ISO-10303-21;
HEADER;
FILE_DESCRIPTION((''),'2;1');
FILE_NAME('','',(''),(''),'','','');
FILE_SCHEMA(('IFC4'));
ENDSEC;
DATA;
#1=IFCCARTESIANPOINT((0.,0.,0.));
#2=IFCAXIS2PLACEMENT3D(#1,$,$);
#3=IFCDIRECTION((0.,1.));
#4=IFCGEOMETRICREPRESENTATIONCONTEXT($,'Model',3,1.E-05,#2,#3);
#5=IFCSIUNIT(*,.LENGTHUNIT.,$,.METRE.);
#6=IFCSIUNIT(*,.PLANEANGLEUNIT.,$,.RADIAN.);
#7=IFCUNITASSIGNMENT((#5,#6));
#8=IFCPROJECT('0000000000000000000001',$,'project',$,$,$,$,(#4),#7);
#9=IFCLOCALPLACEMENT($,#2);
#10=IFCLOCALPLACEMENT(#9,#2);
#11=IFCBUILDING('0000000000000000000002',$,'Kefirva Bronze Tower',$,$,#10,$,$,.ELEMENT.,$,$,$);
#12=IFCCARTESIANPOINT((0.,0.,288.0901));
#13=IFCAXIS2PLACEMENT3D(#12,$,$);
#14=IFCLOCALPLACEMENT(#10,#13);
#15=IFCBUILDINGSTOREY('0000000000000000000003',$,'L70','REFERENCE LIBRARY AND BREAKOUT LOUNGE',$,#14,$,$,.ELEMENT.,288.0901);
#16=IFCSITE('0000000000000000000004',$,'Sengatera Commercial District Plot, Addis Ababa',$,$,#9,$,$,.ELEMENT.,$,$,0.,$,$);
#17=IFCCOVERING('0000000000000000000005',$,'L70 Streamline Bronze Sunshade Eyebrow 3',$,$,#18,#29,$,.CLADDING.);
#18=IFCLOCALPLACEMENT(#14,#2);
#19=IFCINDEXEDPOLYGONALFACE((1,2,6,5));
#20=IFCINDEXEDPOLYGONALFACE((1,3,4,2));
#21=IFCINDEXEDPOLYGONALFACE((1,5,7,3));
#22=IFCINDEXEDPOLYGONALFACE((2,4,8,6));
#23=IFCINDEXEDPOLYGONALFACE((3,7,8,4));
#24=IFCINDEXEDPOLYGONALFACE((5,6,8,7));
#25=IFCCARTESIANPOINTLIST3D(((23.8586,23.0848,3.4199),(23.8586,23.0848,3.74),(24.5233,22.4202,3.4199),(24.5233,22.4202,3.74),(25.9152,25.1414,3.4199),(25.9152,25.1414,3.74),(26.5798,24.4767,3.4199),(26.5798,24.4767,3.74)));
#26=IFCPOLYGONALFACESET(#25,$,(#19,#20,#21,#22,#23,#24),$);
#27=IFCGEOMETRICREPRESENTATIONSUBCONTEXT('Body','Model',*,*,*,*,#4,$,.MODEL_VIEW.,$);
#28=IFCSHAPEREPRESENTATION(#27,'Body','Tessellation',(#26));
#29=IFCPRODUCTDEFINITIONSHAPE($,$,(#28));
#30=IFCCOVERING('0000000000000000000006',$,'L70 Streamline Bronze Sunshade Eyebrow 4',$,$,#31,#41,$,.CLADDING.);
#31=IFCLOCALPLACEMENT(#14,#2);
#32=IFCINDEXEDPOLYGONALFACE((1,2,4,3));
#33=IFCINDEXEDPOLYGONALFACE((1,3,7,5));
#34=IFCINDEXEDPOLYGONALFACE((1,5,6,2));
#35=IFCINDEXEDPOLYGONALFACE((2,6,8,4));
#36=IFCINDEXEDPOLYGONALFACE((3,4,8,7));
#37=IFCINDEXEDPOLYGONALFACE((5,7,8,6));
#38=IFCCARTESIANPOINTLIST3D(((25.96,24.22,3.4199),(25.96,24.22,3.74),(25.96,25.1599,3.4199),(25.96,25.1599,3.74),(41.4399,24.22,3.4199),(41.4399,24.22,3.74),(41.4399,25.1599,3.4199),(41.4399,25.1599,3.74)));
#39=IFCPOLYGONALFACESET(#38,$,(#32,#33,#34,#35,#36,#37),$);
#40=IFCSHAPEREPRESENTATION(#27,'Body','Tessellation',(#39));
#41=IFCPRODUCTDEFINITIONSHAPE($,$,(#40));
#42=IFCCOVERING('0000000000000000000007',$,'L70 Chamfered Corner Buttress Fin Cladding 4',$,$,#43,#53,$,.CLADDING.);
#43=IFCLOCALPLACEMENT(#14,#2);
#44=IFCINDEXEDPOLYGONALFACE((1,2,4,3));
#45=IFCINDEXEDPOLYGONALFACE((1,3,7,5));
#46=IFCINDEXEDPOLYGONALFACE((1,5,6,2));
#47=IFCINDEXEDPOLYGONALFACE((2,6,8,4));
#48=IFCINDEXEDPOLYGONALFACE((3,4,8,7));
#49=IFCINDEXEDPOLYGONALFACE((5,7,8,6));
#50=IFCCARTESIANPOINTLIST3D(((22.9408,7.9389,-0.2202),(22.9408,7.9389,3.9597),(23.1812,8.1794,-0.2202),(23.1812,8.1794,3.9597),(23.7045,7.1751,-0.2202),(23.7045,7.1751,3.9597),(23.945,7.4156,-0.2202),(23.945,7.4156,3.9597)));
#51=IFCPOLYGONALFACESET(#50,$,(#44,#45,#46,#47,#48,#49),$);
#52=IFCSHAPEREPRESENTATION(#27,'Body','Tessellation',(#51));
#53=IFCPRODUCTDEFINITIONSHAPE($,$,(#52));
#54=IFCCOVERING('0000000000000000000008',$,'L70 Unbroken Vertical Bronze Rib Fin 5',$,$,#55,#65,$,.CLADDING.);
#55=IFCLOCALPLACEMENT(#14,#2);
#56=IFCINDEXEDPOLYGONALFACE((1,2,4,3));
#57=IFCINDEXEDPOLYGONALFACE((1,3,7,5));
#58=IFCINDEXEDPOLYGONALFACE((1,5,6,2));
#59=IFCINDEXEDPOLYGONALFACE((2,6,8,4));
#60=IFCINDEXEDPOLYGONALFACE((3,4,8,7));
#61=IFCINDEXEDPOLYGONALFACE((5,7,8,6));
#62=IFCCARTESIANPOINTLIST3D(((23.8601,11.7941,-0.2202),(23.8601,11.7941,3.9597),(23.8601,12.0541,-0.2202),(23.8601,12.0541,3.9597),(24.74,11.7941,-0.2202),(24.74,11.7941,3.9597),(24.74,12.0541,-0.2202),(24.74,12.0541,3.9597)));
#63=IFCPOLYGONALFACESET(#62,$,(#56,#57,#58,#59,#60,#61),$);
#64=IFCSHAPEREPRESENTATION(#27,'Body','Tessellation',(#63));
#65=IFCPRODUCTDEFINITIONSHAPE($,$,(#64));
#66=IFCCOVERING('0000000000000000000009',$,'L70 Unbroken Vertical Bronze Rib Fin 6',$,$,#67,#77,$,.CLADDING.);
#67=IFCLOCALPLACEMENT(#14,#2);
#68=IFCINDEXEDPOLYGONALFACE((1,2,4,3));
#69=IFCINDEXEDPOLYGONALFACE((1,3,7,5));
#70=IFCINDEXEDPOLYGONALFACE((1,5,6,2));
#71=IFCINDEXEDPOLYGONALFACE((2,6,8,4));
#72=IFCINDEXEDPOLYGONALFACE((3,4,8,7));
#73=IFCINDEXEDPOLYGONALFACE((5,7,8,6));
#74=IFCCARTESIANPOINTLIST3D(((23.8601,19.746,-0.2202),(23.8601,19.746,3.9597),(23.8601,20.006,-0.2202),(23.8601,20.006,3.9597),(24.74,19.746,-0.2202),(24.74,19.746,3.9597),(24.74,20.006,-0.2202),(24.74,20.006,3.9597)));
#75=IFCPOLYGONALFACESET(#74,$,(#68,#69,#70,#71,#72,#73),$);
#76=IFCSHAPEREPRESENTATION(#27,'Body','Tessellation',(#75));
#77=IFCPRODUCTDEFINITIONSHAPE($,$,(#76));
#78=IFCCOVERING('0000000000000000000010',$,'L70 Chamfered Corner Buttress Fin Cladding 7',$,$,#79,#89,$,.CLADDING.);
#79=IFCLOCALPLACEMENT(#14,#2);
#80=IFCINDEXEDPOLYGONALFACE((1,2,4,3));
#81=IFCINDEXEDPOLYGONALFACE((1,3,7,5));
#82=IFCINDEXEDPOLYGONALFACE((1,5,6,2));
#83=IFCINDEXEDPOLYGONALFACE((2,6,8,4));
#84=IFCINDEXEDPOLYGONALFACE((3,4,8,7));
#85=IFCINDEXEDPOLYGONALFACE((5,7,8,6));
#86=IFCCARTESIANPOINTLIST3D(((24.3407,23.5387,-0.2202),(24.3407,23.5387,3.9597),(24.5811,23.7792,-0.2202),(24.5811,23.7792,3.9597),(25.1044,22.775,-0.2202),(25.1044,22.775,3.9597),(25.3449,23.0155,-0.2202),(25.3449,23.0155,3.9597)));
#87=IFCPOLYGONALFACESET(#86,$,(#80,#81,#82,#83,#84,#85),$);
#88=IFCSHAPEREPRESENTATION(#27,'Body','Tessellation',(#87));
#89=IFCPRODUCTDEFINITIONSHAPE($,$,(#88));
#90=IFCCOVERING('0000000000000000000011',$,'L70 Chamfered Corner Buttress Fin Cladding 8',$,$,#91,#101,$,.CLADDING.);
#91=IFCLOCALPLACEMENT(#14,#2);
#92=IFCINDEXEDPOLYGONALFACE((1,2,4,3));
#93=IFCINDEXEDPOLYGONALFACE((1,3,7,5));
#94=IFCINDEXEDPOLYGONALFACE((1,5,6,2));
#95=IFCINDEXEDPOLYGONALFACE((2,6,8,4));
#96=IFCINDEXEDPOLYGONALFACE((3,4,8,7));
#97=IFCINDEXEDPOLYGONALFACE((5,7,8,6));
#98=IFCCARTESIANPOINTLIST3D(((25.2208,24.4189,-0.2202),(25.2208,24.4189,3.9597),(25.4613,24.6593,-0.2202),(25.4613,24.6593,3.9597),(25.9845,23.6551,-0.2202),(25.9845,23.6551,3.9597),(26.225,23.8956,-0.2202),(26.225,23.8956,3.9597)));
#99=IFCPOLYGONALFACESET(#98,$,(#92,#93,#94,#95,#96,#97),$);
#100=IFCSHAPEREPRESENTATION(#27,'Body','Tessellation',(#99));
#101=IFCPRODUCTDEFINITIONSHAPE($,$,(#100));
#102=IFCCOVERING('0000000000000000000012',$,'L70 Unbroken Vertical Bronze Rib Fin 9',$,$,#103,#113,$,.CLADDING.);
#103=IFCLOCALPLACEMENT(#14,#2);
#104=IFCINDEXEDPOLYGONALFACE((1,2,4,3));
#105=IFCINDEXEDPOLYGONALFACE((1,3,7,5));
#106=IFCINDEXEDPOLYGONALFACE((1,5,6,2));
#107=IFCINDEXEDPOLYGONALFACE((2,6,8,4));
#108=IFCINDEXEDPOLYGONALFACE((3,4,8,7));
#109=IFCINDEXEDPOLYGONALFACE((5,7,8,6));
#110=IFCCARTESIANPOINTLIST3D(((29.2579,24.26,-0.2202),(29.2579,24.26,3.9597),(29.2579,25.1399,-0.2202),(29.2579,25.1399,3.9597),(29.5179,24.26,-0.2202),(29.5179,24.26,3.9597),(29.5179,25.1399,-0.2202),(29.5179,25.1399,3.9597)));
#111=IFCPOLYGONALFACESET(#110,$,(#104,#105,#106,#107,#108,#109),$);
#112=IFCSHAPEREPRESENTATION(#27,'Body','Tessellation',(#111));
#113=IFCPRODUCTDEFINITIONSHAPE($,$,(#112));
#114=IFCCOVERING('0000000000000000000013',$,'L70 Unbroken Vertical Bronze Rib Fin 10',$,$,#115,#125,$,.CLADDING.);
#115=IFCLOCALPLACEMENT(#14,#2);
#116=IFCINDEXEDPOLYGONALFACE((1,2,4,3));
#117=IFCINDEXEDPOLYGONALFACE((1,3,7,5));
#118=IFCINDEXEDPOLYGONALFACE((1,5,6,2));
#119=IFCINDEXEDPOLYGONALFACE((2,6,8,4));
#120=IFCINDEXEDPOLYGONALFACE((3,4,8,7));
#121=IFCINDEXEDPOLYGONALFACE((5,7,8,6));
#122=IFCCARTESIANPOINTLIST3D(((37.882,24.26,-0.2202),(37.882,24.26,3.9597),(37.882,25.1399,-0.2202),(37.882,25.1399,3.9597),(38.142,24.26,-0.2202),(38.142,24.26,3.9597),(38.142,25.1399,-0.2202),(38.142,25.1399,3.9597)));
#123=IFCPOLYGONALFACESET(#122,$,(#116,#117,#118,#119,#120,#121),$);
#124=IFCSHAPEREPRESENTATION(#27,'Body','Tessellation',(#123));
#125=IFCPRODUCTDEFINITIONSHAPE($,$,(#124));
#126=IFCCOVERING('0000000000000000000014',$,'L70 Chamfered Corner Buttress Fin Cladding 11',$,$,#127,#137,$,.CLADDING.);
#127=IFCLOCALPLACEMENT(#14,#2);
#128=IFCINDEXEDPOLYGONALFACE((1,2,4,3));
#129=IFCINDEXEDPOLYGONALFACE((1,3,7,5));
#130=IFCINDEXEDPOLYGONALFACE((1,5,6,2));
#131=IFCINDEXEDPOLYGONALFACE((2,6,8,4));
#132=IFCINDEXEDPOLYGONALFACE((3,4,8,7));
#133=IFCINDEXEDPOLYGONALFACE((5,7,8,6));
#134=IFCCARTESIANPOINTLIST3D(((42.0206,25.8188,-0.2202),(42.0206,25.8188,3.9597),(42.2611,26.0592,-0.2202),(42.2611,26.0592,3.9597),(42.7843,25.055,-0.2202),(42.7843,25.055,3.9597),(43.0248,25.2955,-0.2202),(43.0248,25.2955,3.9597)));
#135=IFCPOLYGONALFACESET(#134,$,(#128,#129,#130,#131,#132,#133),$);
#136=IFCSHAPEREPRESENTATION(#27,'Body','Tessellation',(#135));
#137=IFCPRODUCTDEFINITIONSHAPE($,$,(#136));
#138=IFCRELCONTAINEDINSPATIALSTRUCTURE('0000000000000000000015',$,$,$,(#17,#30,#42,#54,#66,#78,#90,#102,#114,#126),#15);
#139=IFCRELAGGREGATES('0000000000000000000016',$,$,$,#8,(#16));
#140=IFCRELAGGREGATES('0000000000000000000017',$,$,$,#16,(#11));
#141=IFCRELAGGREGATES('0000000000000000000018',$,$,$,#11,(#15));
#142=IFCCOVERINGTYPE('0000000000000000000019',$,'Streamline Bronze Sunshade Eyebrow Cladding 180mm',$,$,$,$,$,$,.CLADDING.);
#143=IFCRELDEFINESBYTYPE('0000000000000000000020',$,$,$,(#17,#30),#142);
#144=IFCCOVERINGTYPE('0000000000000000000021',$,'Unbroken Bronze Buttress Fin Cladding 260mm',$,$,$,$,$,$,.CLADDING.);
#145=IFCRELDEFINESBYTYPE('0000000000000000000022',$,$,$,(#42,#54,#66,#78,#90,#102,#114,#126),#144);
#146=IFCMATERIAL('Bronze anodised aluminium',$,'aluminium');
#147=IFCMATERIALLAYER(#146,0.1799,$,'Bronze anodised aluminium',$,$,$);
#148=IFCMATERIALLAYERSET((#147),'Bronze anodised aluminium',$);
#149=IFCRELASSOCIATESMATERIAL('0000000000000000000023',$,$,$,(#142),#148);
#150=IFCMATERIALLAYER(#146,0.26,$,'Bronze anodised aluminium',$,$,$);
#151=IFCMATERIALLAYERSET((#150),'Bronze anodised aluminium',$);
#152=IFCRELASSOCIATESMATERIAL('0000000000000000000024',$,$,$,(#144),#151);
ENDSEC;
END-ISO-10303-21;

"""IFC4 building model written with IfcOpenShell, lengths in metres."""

from ifc_helpers import new_model, si_unit, direction, frame, origin, origin_2d, place, context, subcontext, project, spatial, rectangle, extrude, material, layer, layer_set, type_object, element, save


model = new_model("IFC4")

# Units and contexts
model_context = context("Model", 3, precision=1e-05, world=origin(), true_north=direction((0.0, 1.0)))
body_context = subcontext(model_context, "Body", "Model", "MODEL_VIEW")
ifc_project = project(units=[si_unit("LENGTHUNIT", "METRE"), si_unit("PLANEANGLEUNIT", "RADIAN")], contexts=[model_context])

# Site, building, storey
site_placement = place(None, origin())
site = spatial("IfcSite", under=ifc_project, at=site_placement, Name="Sengatera Commercial District Plot, Addis Ababa", CompositionType="ELEMENT", RefElevation=0.0)
building_placement = place(site_placement, origin())
building = spatial("IfcBuilding", under=site, at=building_placement, Name="Kefirva Bronze Tower", CompositionType="ELEMENT")
storey_placement = place(building_placement, frame((0.0, 0.0, 288.0901)))
storey = spatial("IfcBuildingStorey", under=building, at=storey_placement, Name="L70", Description="REFERENCE LIBRARY AND BREAKOUT LOUNGE", CompositionType="ELEMENT", Elevation=288.0901)

# Shared definitions
ifc_material_1 = material(Name="Bronze anodised aluminium", Category="aluminium")

# Coverings
ifc_layer_1 = layer(ifc_material_1, 0.1799, Name="Bronze anodised aluminium")
ifc_layer_set_1 = layer_set([ifc_layer_1], Name="Bronze anodised aluminium")
covering_type_1 = type_object("IfcCoveringType", Name="Streamline Bronze Sunshade Eyebrow Cladding 180mm", PredefinedType="CLADDING", material=ifc_layer_set_1)
covering_1_placement = place(storey_placement, frame((25.2192, 23.7808, 3.4199), z_axis=(0.0, 0.0, 1.0), x_axis=(0.707107, 0.707107, 0.0)))
element("IfcCovering", 1, at=covering_1_placement, inside=storey, type_object=covering_type_1, Name="L70 Streamline Bronze Sunshade Eyebrow 3", PredefinedType="CLADDING", context=body_context, shape_type="SweptSolid", body=[
    extrude(rectangle(XDim=2.9084, YDim=0.9399, at=origin_2d()), origin(), (0.0, 0.0, 1.0), 0.3201),
])
covering_2_placement = place(storey_placement, frame((33.7, 24.6899, 3.4199), z_axis=(0.0, 0.0, 1.0), x_axis=(1.0, 0.0, 0.0)))
element("IfcCovering", 2, at=covering_2_placement, inside=storey, type_object=covering_type_1, Name="L70 Streamline Bronze Sunshade Eyebrow 4", PredefinedType="CLADDING", context=body_context, shape_type="SweptSolid", body=[
    extrude(rectangle(XDim=15.48, YDim=0.9399, at=origin_2d()), origin(), (0.0, 0.0, 1.0), 0.3201),
])
ifc_layer_2 = layer(ifc_material_1, 0.26, Name="Bronze anodised aluminium")
ifc_layer_set_2 = layer_set([ifc_layer_2], Name="Bronze anodised aluminium")
covering_type_2 = type_object("IfcCoveringType", Name="Unbroken Bronze Buttress Fin Cladding 260mm", PredefinedType="CLADDING", material=ifc_layer_set_2)
covering_3_placement = place(storey_placement, frame((23.4429, 7.6772, -0.2202), z_axis=(0.0, 0.0, 1.0), x_axis=(0.707107, 0.707107, 0.0)))
element("IfcCovering", 3, at=covering_3_placement, inside=storey, type_object=covering_type_2, Name="L70 Chamfered Corner Buttress Fin Cladding 4", PredefinedType="CLADDING", context=body_context, shape_type="SweptSolid", body=[
    extrude(rectangle(XDim=0.3401, YDim=1.0801, at=origin_2d()), origin(), (0.0, 0.0, 1.0), 4.1799),
])
for number, where, z_axis, x_axis, name in (
    (4, (24.3, 11.9241, -0.2202), (0.0, 0.0, 1.0), (0.0, 1.0, 0.0), "L70 Unbroken Vertical Bronze Rib Fin 5"),
    (5, (24.3, 19.876, -0.2202), (0.0, 0.0, 1.0), (0.0, 1.0, 0.0), "L70 Unbroken Vertical Bronze Rib Fin 6"),
):
    element("IfcCovering", number, at=place(storey_placement, frame(where, z_axis=z_axis, x_axis=x_axis)), inside=storey, type_object=covering_type_2, Name=name, PredefinedType="CLADDING", context=body_context, shape_type="SweptSolid", body=[
        extrude(rectangle(XDim=0.26, YDim=0.8799, at=origin_2d()), origin(), (0.0, 0.0, 1.0), 4.1799),
    ])
for number, where, z_axis, x_axis, name in (
    (6, (24.8428, 23.2771, -0.2202), (0.0, 0.0, 1.0), (0.707107, 0.707107, 0.0), "L70 Chamfered Corner Buttress Fin Cladding 7"),
    (7, (25.7229, 24.1572, -0.2202), (0.0, 0.0, 1.0), (0.707107, 0.707107, 0.0), "L70 Chamfered Corner Buttress Fin Cladding 8"),
):
    element("IfcCovering", number, at=place(storey_placement, frame(where, z_axis=z_axis, x_axis=x_axis)), inside=storey, type_object=covering_type_2, Name=name, PredefinedType="CLADDING", context=body_context, shape_type="SweptSolid", body=[
        extrude(rectangle(XDim=0.3401, YDim=1.0801, at=origin_2d()), origin(), (0.0, 0.0, 1.0), 4.1799),
    ])
for number, where, z_axis, x_axis, name in (
    (8, (29.3879, 24.7, -0.2202), (0.0, 0.0, 1.0), (1.0, 0.0, 0.0), "L70 Unbroken Vertical Bronze Rib Fin 9"),
    (9, (38.012, 24.7, -0.2202), (0.0, 0.0, 1.0), (1.0, 0.0, 0.0), "L70 Unbroken Vertical Bronze Rib Fin 10"),
):
    element("IfcCovering", number, at=place(storey_placement, frame(where, z_axis=z_axis, x_axis=x_axis)), inside=storey, type_object=covering_type_2, Name=name, PredefinedType="CLADDING", context=body_context, shape_type="SweptSolid", body=[
        extrude(rectangle(XDim=0.26, YDim=0.8799, at=origin_2d()), origin(), (0.0, 0.0, 1.0), 4.1799),
    ])
covering_4_placement = place(storey_placement, frame((42.5227, 25.5571, -0.2202), z_axis=(0.0, 0.0, 1.0), x_axis=(0.707107, 0.707107, 0.0)))
element("IfcCovering", 10, at=covering_4_placement, inside=storey, type_object=covering_type_2, Name="L70 Chamfered Corner Buttress Fin Cladding 11", PredefinedType="CLADDING", context=body_context, shape_type="SweptSolid", body=[
    extrude(rectangle(XDim=0.3401, YDim=1.0801, at=origin_2d()), origin(), (0.0, 0.0, 1.0), 4.1799),
])

save(model, "model.ifc")
